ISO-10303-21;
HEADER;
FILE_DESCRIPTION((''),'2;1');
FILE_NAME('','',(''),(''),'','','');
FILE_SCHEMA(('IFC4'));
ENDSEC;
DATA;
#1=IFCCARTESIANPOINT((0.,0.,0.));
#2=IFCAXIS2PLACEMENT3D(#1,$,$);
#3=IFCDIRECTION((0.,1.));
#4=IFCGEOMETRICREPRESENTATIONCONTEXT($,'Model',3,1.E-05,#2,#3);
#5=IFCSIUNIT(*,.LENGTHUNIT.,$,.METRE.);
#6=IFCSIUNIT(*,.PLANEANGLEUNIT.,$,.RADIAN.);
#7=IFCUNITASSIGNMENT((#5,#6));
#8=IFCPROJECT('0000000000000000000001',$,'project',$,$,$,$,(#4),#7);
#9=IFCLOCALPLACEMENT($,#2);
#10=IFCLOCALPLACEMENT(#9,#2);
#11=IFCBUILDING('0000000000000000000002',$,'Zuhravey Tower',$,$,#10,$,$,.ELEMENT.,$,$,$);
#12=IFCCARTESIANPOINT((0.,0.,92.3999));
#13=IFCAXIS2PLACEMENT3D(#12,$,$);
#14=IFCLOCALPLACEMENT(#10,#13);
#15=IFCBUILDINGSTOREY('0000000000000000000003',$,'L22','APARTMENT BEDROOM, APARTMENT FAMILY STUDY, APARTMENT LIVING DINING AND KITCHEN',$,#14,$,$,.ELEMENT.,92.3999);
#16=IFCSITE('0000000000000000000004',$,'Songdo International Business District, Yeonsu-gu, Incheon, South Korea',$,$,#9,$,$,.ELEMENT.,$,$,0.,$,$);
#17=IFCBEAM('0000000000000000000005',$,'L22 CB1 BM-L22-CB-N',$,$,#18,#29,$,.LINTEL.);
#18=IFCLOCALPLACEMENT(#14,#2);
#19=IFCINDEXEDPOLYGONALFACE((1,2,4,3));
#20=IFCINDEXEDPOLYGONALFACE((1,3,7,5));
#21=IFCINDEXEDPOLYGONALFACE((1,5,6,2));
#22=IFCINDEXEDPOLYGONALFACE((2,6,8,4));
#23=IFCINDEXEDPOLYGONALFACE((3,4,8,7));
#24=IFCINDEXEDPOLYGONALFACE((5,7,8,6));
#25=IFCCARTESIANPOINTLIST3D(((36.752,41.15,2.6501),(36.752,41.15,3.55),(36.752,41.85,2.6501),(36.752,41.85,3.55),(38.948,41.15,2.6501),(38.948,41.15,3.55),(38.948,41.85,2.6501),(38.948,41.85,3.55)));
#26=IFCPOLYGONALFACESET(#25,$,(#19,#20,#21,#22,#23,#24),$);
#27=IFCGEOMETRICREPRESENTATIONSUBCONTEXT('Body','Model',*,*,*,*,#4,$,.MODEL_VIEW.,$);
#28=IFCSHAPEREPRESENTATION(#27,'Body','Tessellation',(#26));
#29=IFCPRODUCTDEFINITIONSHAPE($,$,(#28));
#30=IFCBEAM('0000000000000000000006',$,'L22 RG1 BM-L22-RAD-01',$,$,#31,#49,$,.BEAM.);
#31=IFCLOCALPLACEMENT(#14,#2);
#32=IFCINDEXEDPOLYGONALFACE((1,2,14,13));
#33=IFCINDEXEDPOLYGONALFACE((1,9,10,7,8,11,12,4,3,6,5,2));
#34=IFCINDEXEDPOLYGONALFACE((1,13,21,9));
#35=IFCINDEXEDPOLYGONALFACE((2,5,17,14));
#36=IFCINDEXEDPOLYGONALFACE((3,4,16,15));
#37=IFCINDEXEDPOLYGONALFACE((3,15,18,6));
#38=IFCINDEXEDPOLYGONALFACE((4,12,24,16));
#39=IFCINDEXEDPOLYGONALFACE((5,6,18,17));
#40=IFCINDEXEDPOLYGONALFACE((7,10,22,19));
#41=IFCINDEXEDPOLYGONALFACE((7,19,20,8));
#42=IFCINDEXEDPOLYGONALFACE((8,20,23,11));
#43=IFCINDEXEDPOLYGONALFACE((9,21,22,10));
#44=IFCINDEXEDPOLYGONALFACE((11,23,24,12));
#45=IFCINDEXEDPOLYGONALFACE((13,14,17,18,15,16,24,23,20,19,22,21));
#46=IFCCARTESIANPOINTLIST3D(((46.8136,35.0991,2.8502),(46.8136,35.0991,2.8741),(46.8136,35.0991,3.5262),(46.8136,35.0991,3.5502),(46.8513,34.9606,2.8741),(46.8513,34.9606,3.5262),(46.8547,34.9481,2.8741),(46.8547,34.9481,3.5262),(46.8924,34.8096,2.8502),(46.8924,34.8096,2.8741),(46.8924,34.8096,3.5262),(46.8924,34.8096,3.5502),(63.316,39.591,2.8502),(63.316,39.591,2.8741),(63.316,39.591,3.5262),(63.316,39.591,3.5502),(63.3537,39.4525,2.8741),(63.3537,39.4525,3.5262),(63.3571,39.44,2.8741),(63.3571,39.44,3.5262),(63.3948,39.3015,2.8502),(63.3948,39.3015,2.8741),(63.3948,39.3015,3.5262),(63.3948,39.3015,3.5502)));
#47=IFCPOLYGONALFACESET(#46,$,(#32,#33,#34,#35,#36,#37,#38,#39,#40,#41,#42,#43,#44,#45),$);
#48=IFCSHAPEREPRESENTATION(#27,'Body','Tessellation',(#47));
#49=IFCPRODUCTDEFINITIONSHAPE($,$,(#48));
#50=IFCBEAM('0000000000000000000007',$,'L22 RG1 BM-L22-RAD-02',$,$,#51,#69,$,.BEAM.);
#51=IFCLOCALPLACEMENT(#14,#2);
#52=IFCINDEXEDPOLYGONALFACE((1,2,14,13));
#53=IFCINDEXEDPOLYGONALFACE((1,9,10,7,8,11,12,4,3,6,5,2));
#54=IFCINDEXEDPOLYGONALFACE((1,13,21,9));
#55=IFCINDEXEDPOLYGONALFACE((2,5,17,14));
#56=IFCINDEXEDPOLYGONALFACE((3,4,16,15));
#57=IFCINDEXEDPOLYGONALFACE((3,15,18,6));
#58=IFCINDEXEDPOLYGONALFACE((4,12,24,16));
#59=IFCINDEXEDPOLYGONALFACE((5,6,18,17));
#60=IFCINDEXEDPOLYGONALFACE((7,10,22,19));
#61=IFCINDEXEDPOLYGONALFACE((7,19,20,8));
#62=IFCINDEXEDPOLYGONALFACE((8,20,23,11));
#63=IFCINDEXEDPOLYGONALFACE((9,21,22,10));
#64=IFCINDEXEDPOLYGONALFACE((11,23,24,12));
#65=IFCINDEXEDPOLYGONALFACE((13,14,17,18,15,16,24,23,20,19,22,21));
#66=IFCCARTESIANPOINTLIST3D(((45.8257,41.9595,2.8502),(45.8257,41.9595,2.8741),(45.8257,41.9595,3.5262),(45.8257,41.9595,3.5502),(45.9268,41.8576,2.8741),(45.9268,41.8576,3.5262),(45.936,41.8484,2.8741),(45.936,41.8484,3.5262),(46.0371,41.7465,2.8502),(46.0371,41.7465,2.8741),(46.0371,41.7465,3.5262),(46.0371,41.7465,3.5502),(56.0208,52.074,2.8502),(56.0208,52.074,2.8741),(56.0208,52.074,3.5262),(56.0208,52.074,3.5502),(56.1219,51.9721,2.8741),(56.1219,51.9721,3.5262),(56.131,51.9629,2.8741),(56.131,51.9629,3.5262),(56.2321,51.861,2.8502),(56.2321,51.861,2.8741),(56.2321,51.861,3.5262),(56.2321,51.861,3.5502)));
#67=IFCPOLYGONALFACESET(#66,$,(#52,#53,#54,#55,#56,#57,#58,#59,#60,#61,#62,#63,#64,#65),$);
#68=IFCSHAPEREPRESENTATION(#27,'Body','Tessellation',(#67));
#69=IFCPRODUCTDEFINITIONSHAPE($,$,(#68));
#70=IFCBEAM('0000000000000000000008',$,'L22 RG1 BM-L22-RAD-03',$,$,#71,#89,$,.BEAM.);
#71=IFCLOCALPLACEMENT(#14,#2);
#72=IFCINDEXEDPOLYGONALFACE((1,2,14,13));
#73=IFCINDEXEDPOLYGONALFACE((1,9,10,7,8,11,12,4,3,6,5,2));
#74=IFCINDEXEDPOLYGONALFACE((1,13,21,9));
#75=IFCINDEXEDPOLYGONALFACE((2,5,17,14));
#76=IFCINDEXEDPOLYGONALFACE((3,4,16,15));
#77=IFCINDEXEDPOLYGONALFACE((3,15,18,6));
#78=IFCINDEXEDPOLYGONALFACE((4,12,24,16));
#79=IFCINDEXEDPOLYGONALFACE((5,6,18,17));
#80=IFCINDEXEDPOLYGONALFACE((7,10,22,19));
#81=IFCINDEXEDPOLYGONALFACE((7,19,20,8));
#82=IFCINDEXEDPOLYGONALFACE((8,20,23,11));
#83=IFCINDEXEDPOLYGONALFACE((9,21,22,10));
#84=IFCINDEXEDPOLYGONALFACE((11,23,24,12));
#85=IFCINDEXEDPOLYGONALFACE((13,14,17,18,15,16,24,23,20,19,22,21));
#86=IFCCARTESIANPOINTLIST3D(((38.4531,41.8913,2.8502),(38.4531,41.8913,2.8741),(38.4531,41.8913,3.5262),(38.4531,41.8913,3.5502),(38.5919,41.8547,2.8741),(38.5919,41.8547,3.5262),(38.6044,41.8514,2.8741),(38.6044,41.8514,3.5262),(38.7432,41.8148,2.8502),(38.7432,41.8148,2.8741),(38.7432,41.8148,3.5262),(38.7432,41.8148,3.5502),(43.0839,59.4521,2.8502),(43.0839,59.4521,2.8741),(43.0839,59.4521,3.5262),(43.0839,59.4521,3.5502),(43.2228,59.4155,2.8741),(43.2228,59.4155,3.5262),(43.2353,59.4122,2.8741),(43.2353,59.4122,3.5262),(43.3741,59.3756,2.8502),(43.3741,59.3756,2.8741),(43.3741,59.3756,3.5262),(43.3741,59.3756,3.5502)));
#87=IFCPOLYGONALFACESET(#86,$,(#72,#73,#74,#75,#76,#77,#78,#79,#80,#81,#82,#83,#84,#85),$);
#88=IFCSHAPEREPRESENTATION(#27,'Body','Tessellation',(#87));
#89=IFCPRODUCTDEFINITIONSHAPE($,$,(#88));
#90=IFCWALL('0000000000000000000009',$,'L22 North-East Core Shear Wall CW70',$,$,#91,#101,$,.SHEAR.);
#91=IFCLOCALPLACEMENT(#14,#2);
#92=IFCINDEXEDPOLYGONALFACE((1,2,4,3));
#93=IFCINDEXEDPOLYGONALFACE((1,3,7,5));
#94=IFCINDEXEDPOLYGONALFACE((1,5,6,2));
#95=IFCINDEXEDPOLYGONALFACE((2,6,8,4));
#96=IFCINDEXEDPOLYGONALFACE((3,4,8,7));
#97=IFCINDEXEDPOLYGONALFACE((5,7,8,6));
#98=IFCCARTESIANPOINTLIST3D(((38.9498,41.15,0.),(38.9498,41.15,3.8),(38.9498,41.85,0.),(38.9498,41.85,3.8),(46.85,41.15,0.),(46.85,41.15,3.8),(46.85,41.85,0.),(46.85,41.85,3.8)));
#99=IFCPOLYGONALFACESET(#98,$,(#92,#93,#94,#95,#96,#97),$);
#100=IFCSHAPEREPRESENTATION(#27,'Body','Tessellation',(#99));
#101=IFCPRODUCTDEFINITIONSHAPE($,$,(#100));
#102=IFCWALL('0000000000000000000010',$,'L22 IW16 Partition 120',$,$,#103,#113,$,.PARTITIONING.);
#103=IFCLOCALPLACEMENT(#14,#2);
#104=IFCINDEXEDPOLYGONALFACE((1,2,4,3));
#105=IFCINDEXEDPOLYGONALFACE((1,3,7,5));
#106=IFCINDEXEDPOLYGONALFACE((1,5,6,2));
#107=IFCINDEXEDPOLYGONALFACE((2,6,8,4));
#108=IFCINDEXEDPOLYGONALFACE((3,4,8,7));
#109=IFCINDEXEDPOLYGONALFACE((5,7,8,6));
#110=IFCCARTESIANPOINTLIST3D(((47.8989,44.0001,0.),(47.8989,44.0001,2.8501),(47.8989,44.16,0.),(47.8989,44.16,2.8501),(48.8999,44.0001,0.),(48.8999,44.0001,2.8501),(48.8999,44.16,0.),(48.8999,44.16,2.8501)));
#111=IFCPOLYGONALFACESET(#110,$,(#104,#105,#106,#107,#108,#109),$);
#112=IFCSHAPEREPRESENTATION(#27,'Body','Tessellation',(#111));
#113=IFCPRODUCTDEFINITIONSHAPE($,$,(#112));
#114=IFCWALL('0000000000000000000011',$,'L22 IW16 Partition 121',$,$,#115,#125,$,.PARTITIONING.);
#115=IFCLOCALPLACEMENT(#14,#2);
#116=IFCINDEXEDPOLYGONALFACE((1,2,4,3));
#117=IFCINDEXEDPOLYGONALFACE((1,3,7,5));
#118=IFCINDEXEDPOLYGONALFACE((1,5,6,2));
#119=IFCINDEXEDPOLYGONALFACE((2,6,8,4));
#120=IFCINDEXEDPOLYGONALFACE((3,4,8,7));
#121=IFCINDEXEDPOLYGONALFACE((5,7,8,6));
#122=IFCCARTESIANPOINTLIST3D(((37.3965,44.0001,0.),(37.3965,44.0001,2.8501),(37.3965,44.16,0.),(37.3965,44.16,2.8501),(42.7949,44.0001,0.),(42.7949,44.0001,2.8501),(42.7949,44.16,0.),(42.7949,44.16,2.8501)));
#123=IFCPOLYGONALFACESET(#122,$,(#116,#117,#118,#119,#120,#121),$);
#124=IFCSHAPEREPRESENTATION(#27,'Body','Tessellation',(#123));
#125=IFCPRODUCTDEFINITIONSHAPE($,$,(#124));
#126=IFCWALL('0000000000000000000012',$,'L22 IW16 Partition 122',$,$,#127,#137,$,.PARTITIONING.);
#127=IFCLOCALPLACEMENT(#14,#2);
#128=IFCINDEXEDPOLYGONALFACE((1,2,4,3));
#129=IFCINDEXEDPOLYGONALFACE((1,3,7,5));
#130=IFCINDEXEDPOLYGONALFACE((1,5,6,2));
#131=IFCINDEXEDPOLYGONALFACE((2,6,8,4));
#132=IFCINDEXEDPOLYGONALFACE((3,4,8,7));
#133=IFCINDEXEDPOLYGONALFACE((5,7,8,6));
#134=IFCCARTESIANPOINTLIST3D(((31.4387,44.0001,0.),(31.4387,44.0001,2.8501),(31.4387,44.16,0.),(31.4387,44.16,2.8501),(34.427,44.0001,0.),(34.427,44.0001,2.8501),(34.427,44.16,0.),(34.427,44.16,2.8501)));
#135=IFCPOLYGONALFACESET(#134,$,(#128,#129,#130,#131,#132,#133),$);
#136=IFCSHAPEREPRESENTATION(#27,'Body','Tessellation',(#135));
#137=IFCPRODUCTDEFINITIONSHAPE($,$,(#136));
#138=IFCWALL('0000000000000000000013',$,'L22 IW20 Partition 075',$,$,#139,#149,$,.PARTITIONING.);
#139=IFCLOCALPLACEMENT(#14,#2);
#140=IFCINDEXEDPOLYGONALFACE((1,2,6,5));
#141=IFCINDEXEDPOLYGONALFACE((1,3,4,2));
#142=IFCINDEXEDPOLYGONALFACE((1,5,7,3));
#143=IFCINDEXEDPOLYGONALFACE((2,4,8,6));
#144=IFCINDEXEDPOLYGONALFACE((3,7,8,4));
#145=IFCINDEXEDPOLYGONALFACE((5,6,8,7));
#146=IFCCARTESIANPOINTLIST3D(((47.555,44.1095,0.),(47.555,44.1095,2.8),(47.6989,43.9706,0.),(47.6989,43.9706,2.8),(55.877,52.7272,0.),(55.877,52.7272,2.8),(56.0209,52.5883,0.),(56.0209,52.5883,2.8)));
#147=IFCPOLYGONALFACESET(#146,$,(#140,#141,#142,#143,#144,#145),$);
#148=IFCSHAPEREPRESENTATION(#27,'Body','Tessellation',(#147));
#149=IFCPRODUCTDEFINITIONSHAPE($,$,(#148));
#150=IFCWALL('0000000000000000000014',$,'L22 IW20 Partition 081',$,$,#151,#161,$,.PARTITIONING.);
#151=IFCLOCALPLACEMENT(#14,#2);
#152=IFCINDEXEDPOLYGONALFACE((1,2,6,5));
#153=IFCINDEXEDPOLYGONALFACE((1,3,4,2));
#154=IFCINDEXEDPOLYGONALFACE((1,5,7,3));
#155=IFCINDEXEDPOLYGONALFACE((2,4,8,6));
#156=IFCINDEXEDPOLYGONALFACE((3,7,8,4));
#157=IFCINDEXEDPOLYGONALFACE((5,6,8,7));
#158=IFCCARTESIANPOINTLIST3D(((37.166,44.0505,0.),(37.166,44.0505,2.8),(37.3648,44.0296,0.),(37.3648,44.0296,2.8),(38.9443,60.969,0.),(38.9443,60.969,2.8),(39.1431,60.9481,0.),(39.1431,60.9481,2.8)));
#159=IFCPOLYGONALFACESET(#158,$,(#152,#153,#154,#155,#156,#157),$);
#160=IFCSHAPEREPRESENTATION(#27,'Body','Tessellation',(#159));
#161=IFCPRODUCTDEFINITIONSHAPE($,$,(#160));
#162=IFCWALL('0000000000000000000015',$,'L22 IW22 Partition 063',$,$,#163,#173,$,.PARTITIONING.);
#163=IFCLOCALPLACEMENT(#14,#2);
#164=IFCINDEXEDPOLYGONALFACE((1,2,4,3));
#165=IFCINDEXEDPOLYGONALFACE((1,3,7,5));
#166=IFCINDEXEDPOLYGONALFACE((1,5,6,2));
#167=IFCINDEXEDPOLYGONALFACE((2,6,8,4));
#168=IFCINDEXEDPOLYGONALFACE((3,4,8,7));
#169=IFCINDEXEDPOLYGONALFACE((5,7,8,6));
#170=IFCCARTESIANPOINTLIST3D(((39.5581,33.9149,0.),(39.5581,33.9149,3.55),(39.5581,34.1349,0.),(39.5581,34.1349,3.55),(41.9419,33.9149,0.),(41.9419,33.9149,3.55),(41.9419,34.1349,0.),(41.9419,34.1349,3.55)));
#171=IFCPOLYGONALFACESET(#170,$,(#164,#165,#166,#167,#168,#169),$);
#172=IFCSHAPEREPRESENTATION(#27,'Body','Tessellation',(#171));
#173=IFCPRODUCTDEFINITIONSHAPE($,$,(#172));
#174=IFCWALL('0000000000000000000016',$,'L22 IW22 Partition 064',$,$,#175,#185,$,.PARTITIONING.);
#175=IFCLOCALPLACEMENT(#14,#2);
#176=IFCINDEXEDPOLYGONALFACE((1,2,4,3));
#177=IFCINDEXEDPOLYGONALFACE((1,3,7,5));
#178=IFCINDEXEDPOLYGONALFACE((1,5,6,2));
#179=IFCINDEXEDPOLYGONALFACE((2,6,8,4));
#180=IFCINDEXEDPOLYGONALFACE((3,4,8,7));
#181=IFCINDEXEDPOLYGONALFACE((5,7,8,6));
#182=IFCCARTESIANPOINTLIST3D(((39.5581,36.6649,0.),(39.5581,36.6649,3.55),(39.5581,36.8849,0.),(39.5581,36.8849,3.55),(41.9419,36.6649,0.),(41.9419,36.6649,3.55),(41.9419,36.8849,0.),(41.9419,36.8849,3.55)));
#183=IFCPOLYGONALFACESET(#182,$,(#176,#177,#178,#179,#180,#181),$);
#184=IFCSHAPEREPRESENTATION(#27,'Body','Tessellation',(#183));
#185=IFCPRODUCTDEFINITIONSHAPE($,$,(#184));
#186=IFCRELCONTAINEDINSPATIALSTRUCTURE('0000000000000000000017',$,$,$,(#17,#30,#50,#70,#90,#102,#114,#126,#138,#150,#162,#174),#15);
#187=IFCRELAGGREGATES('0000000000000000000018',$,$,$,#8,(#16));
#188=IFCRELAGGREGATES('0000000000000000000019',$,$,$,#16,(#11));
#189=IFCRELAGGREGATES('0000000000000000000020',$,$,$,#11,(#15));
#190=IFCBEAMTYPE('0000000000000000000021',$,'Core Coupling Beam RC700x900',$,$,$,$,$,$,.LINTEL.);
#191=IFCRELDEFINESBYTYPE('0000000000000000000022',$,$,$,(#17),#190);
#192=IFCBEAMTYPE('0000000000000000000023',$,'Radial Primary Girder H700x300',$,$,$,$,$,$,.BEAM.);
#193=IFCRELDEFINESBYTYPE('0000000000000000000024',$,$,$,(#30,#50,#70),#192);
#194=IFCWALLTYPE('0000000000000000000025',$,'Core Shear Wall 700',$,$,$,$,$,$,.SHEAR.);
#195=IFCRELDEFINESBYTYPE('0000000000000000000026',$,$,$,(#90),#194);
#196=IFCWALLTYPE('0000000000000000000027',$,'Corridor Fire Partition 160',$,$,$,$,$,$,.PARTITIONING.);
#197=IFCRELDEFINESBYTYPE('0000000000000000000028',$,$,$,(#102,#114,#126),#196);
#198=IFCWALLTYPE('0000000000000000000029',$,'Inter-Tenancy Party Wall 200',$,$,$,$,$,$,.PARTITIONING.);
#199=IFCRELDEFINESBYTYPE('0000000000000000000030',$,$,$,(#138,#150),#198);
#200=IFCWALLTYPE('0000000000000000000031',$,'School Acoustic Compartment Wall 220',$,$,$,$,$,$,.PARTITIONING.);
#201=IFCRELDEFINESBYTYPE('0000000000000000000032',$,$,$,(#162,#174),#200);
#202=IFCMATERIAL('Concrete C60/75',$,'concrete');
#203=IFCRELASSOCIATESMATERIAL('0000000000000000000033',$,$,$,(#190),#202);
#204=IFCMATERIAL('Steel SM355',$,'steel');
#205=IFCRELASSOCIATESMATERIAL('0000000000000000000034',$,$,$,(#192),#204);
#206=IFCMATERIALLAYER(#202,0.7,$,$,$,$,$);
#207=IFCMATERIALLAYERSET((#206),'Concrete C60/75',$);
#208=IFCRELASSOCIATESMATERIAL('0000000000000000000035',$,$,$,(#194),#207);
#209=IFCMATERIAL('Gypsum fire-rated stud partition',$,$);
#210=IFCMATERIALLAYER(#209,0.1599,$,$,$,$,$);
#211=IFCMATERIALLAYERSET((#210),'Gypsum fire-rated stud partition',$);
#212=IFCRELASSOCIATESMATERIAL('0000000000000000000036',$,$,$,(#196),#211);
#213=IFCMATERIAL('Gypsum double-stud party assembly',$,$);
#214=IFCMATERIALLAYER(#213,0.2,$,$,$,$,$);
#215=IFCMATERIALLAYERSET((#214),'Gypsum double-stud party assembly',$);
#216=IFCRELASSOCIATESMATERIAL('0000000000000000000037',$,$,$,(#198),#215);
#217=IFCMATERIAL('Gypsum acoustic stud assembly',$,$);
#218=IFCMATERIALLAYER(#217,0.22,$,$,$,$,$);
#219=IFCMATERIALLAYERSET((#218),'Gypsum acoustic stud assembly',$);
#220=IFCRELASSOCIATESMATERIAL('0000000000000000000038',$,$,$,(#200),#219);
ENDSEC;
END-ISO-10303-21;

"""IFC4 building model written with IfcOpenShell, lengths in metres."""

from ifc_helpers import new_model, si_unit, direction, frame, frame_2d, origin, origin_2d, place, context, subcontext, project, spatial, rectangle, i_section, extrude, material, layer, layer_set, material_profile, profile_set, type_object, element, save


model = new_model("IFC4")

# Units and contexts
model_context = context("Model", 3, precision=1e-05, world=origin(), true_north=direction((0.0, 1.0)))
body_context = subcontext(model_context, "Body", "Model", "MODEL_VIEW")
ifc_project = project(units=[si_unit("LENGTHUNIT", "METRE"), si_unit("PLANEANGLEUNIT", "RADIAN")], contexts=[model_context])

# Site, building, storey
site_placement = place(None, origin())
site = spatial("IfcSite", under=ifc_project, at=site_placement, Name="Songdo International Business District, Yeonsu-gu, Incheon, South Korea", CompositionType="ELEMENT", RefElevation=0.0)
building_placement = place(site_placement, origin())
building = spatial("IfcBuilding", under=site, at=building_placement, Name="Zuhravey Tower", CompositionType="ELEMENT")
storey_placement = place(building_placement, frame((0.0, 0.0, 92.3999)))
storey = spatial("IfcBuildingStorey", under=building, at=storey_placement, Name="L22", Description="APARTMENT BEDROOM, APARTMENT FAMILY STUDY, APARTMENT LIVING DINING AND KITCHEN", CompositionType="ELEMENT", Elevation=92.3999)

# Beams
ifc_material_1 = material(Name="Concrete C60/75", Category="concrete")
ifc_material_profile_1 = material_profile(ifc_material_1, rectangle(XDim=0.7, YDim=0.8999, at=origin_2d()), Name="RC-700x900")
ifc_profile_set_1 = profile_set([ifc_material_profile_1], Name="Concrete C60/75")
beam_type_1 = type_object("IfcBeamType", Name="Core Coupling Beam RC700x900", PredefinedType="LINTEL", material=ifc_profile_set_1)
beam_1_placement = place(storey_placement, frame((36.752, 41.5, 3.1001), z_axis=(1.0, 0.0, 0.0), x_axis=(0.0, 1.0, 0.0)))
element("IfcBeam", 1, at=beam_1_placement, inside=storey, type_object=beam_type_1, Name="L22 CB1 BM-L22-CB-N", PredefinedType="LINTEL", context=body_context, shape_type="SweptSolid", body=[
    extrude(rectangle(XDim=0.7, YDim=0.8999, at=origin_2d()), origin(), (0.0, 0.0, 1.0), 2.196),
])
ifc_material_2 = material(Name="Steel SM355", Category="steel")
ifc_material_profile_2 = material_profile(ifc_material_2, i_section(OverallWidth=0.3, OverallDepth=0.7, WebThickness=0.0129, FlangeThickness=0.0239, at=origin_2d()), Name="H-700x300x13x24")
ifc_profile_set_2 = profile_set([ifc_material_profile_2], Name="Steel SM355")
beam_type_2 = type_object("IfcBeamType", Name="Radial Primary Girder H700x300", PredefinedType="BEAM", material=ifc_profile_set_2)
beam_2_placement = place(storey_placement, frame((46.853, 34.9543, 3.2002), z_axis=(0.964893, 0.262643, 0.0), x_axis=(-0.262643, 0.964893, 0.0)))
element("IfcBeam", 2, at=beam_2_placement, inside=storey, type_object=beam_type_2, Name="L22 RG1 BM-L22-RAD-01", PredefinedType="BEAM", context=body_context, shape_type="SweptSolid", body=[
    extrude(i_section(OverallWidth=0.3, OverallDepth=0.7, WebThickness=0.0129, FlangeThickness=0.0239, at=origin_2d()), origin(), (0.0, 0.0, 1.0), 17.1028),
])
beam_3_placement = place(storey_placement, frame((45.9314, 41.853, 3.2002), z_axis=(0.709906, 0.704296, 0.0), x_axis=(-0.704296, 0.709906, 0.0)))
element("IfcBeam", 3, at=beam_3_placement, inside=storey, type_object=beam_type_2, Name="L22 RG1 BM-L22-RAD-02", PredefinedType="BEAM", context=body_context, shape_type="SweptSolid", body=[
    extrude(i_section(OverallWidth=0.3, OverallDepth=0.7, WebThickness=0.0129, FlangeThickness=0.0239, at=origin_2d()), origin(), (0.0, 0.0, 1.0), 14.3611),
])
beam_4_placement = place(storey_placement, frame((38.5981, 41.853, 3.2002), z_axis=(0.254988, 0.966944, 0.0), x_axis=(-0.966944, 0.254988, 0.0)))
element("IfcBeam", 4, at=beam_4_placement, inside=storey, type_object=beam_type_2, Name="L22 RG1 BM-L22-RAD-03", PredefinedType="BEAM", context=body_context, shape_type="SweptSolid", body=[
    extrude(i_section(OverallWidth=0.3, OverallDepth=0.7, WebThickness=0.0129, FlangeThickness=0.0239, at=origin_2d()), origin(), (0.0, 0.0, 1.0), 18.1611),
])

# Wall
ifc_layer_1 = layer(ifc_material_1, 0.7)
ifc_layer_set_1 = layer_set([ifc_layer_1], Name="Concrete C60/75")
wall_type_1 = type_object("IfcWallType", Name="Core Shear Wall 700", PredefinedType="SHEAR", material=ifc_layer_set_1)
wall_1_placement = place(storey_placement, frame((46.8501, 41.5, 0.0), z_axis=(0.0, 0.0, 1.0), x_axis=(-1.0, 0.0, 0.0)))
element("IfcWall", 5, at=wall_1_placement, inside=storey, type_object=wall_type_1, Name="L22 North-East Core Shear Wall CW70", PredefinedType="SHEAR", context=body_context, shape_type="SweptSolid", body=[
    extrude(rectangle(XDim=7.9001, YDim=0.7, at=frame_2d((3.9502, 0.0))), origin(), (0.0, 0.0, 1.0), 3.8),
])

# Shared definitions
ifc_material_3 = material(Name="Gypsum fire-rated stud partition")
ifc_layer_2 = layer(ifc_material_3, 0.1599)
ifc_layer_set_2 = layer_set([ifc_layer_2], Name="Gypsum fire-rated stud partition")
wall_type_2 = type_object("IfcWallType", Name="Corridor Fire Partition 160", PredefinedType="PARTITIONING", material=ifc_layer_set_2)

# Walls
wall_2_placement = place(storey_placement, frame((48.8999, 44.0801, 0.0), z_axis=(0.0, 0.0, 1.0), x_axis=(-1.0, 0.0, 0.0)))
element("IfcWall", 6, at=wall_2_placement, inside=storey, type_object=wall_type_2, Name="L22 IW16 Partition 120", PredefinedType="PARTITIONING", context=body_context, shape_type="SweptSolid", body=[
    extrude(rectangle(XDim=1.001, YDim=0.1599, at=frame_2d((0.5005, 0.0))), origin(), (0.0, 0.0, 1.0), 2.8501),
])
wall_3_placement = place(storey_placement, frame((42.7949, 44.0801, 0.0), z_axis=(0.0, 0.0, 1.0), x_axis=(-1.0, 0.0, 0.0)))
element("IfcWall", 7, at=wall_3_placement, inside=storey, type_object=wall_type_2, Name="L22 IW16 Partition 121", PredefinedType="PARTITIONING", context=body_context, shape_type="SweptSolid", body=[
    extrude(rectangle(XDim=5.3984, YDim=0.1599, at=frame_2d((2.6992, 0.0))), origin(), (0.0, 0.0, 1.0), 2.8501),
])
wall_4_placement = place(storey_placement, frame((34.427, 44.0801, 0.0), z_axis=(0.0, 0.0, 1.0), x_axis=(-1.0, 0.0, 0.0)))
element("IfcWall", 8, at=wall_4_placement, inside=storey, type_object=wall_type_2, Name="L22 IW16 Partition 122", PredefinedType="PARTITIONING", context=body_context, shape_type="SweptSolid", body=[
    extrude(rectangle(XDim=2.9883, YDim=0.1599, at=frame_2d((1.4941, 0.0))), origin(), (0.0, 0.0, 1.0), 2.8501),
])

# Walls
ifc_material_4 = material(Name="Gypsum double-stud party assembly")
ifc_layer_3 = layer(ifc_material_4, 0.2)
ifc_layer_set_3 = layer_set([ifc_layer_3], Name="Gypsum double-stud party assembly")
wall_type_3 = type_object("IfcWallType", Name="Inter-Tenancy Party Wall 200", PredefinedType="PARTITIONING", material=ifc_layer_set_3)
wall_5_placement = place(storey_placement, frame((47.627, 44.04, 0.0), z_axis=(0.0, 0.0, 1.0), x_axis=(0.69466, 0.719339, 0.0)))
element("IfcWall", 9, at=wall_5_placement, inside=storey, type_object=wall_type_3, Name="L22 IW20 Partition 075", PredefinedType="PARTITIONING", context=body_context, shape_type="SweptSolid", body=[
    extrude(rectangle(XDim=11.98, YDim=0.2, at=frame_2d((5.99, 0.0))), origin(), (0.0, 0.0, 1.0), 2.8),
])
wall_6_placement = place(storey_placement, frame((37.2654, 44.04, 0.0), z_axis=(0.0, 0.0, 1.0), x_axis=(0.104535, 0.994521, 0.0)))
element("IfcWall", 10, at=wall_6_placement, inside=storey, type_object=wall_type_3, Name="L22 IW20 Partition 081", PredefinedType="PARTITIONING", context=body_context, shape_type="SweptSolid", body=[
    extrude(rectangle(XDim=17.0117, YDim=0.2, at=frame_2d((8.5059, 0.0))), origin(), (0.0, 0.0, 1.0), 2.8),
])
ifc_material_5 = material(Name="Gypsum acoustic stud assembly")
ifc_layer_4 = layer(ifc_material_5, 0.22)
ifc_layer_set_4 = layer_set([ifc_layer_4], Name="Gypsum acoustic stud assembly")
wall_type_4 = type_object("IfcWallType", Name="School Acoustic Compartment Wall 220", PredefinedType="PARTITIONING", material=ifc_layer_set_4)
for number, where, z_axis, x_axis, name in (
    (11, (39.5581, 34.0249, 0.0), (0.0, 0.0, 1.0), (1.0, 0.0, 0.0), "L22 IW22 Partition 063"),
    (12, (39.5581, 36.7749, 0.0), (0.0, 0.0, 1.0), (1.0, 0.0, 0.0), "L22 IW22 Partition 064"),
):
    element("IfcWall", number, at=place(storey_placement, frame(where, z_axis=z_axis, x_axis=x_axis)), inside=storey, type_object=wall_type_4, Name=name, PredefinedType="PARTITIONING", context=body_context, shape_type="SweptSolid", body=[
        extrude(rectangle(XDim=2.3838, YDim=0.22, at=frame_2d((1.1919, 0.0))), origin(), (0.0, 0.0, 1.0), 3.55),
    ])

save(model, "model.ifc")
